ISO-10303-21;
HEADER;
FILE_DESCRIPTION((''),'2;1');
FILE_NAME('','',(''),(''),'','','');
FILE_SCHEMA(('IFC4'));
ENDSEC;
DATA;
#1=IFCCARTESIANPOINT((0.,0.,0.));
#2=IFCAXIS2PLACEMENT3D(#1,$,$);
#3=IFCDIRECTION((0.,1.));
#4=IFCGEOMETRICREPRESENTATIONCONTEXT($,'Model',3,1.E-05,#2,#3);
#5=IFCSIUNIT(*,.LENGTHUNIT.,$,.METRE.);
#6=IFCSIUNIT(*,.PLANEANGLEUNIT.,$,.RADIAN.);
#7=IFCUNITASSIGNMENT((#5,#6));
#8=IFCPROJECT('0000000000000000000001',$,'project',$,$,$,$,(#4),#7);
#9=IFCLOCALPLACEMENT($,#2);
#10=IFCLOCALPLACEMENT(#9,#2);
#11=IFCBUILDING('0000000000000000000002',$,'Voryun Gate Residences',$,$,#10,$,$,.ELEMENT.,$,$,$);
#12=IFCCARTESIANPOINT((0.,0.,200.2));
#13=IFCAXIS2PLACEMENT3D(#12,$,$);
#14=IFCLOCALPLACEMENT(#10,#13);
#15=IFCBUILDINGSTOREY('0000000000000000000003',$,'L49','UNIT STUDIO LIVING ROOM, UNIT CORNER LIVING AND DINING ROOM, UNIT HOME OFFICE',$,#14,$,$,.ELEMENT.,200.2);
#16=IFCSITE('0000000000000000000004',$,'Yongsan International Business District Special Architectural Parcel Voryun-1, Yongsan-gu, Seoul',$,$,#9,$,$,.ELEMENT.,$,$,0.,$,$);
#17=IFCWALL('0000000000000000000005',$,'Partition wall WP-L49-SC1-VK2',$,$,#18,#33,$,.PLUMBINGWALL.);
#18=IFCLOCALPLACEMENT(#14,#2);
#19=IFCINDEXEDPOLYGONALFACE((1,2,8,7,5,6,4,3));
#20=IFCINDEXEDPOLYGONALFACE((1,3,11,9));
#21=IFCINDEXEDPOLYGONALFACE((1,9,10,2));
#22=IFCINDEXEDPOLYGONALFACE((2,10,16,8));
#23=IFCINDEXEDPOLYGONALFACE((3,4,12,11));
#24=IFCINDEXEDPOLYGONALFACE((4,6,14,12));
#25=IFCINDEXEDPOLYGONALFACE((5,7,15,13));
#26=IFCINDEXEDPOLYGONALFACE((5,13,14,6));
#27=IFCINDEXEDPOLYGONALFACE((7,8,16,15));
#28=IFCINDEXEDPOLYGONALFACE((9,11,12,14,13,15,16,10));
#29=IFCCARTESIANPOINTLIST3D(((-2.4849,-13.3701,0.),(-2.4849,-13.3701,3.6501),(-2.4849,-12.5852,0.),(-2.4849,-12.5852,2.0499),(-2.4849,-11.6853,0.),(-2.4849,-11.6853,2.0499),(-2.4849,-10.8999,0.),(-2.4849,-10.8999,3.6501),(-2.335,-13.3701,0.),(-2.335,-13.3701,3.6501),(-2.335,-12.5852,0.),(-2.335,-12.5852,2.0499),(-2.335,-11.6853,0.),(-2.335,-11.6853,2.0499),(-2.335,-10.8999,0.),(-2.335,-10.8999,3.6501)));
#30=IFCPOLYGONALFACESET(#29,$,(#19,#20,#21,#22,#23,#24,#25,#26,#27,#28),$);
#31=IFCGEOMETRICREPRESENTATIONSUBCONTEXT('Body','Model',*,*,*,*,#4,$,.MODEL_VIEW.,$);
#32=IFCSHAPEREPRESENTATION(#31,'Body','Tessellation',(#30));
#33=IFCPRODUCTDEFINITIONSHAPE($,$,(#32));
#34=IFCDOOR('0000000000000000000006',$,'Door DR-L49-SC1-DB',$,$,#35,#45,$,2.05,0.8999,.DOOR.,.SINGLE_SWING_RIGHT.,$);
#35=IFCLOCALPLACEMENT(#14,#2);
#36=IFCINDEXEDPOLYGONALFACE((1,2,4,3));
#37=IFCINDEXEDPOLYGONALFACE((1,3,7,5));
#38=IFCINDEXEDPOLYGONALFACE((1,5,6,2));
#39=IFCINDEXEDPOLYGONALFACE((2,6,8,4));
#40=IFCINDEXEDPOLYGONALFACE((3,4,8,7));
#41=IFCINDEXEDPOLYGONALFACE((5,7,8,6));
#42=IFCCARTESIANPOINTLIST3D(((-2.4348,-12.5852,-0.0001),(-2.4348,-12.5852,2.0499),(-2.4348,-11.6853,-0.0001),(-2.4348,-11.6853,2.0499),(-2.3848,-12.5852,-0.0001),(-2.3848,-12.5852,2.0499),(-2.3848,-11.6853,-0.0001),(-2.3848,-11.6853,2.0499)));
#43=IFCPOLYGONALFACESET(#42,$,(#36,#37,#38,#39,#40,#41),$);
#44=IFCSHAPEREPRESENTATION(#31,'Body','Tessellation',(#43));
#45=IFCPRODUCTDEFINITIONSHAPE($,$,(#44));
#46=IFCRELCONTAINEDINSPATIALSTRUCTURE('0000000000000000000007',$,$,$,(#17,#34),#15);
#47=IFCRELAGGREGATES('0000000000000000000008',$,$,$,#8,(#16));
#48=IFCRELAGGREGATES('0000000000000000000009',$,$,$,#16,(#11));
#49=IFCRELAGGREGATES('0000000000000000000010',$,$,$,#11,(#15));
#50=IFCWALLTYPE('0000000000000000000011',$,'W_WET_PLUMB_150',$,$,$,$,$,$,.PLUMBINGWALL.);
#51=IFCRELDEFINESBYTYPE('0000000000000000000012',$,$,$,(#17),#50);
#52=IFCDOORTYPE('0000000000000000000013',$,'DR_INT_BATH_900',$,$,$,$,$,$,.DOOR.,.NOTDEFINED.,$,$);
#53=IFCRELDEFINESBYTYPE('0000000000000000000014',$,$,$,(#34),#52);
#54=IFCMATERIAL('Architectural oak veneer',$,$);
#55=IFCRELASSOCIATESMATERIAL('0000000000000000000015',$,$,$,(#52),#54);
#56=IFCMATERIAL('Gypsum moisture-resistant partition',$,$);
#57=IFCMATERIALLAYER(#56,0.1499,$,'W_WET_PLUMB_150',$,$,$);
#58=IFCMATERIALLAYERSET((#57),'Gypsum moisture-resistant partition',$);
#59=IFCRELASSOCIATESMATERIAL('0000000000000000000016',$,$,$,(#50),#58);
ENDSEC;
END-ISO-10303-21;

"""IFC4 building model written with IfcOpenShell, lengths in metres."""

from ifc_helpers import new_model, si_unit, direction, frame, frame_2d, origin, place, context, subcontext, project, spatial, rectangle, extrude, material, layer, layer_set, type_object, element, fill, save


model = new_model("IFC4")

# Units and contexts
model_context = context("Model", 3, precision=1e-05, world=origin(), true_north=direction((0.0, 1.0)))
body_context = subcontext(model_context, "Body", "Model", "MODEL_VIEW")
ifc_project = project(units=[si_unit("LENGTHUNIT", "METRE"), si_unit("PLANEANGLEUNIT", "RADIAN")], contexts=[model_context])

# Site, building, storey
site_placement = place(None, origin())
site = spatial("IfcSite", under=ifc_project, at=site_placement, Name="Yongsan International Business District Special Architectural Parcel Voryun-1, Yongsan-gu, Seoul", CompositionType="ELEMENT", RefElevation=0.0)
building_placement = place(site_placement, origin())
building = spatial("IfcBuilding", under=site, at=building_placement, Name="Voryun Gate Residences", CompositionType="ELEMENT")
storey_placement = place(building_placement, frame((0.0, 0.0, 200.2)))
storey = spatial("IfcBuildingStorey", under=building, at=storey_placement, Name="L49", Description="UNIT STUDIO LIVING ROOM, UNIT CORNER LIVING AND DINING ROOM, UNIT HOME OFFICE", CompositionType="ELEMENT", Elevation=200.2)

# Shared definitions
ifc_material_1 = material(Name="Architectural oak veneer")
door_type = type_object("IfcDoorType", Name="DR_INT_BATH_900", OperationType="NOTDEFINED", PredefinedType="DOOR", material=ifc_material_1)

# Shared definitions
ifc_material_2 = material(Name="Gypsum moisture-resistant partition")
ifc_layer_1 = layer(ifc_material_2, 0.1499, Name="W_WET_PLUMB_150")
ifc_layer_set_1 = layer_set([ifc_layer_1], Name="Gypsum moisture-resistant partition")
wall_type_1 = type_object("IfcWallType", Name="W_WET_PLUMB_150", PredefinedType="PLUMBINGWALL", material=ifc_layer_set_1)

# Wall, opening, door
wall_1_placement = place(storey_placement, frame((-2.4099, -13.3701, 0.0), z_axis=(0.0, 0.0, 1.0), x_axis=(0.0, 1.0, 0.0)))
wall_1 = element("IfcWall", 1, at=wall_1_placement, inside=storey, type_object=wall_type_1, Name="Partition wall WP-L49-SC1-VK2", PredefinedType="PLUMBINGWALL", context=body_context, shape_type="SweptSolid", body=[
    extrude(rectangle(XDim=2.4702, YDim=0.1499, at=frame_2d((1.2351, 0.0))), origin(), (0.0, 0.0, 1.0), 3.6501),
])
opening_1_placement = place(wall_1_placement, frame((0.7849, 0.0, 0.0)))
opening_1 = element("IfcOpeningElement", 2, at=opening_1_placement, cuts=wall_1, PredefinedType="OPENING", context=body_context, shape_type="SweptSolid", body=[
    extrude(rectangle(XDim=0.8999, YDim=2.05, at=frame_2d((0.45, 1.0249))), frame((0.0, 0.085, 0.0), z_axis=(0.0, -1.0, 0.0), x_axis=(1.0, 0.0, 0.0)), (0.0, 0.0, 1.0), 0.1699),
])
door_1_placement = place(opening_1_placement, origin())
door_1 = element("IfcDoor", 3, at=door_1_placement, inside=storey, type_object=door_type, Name="Door DR-L49-SC1-DB", OperationType="SINGLE_SWING_RIGHT", OverallHeight=2.05, OverallWidth=0.8999, PredefinedType="DOOR", context=body_context, shape_type="SweptSolid", body=[
    extrude(rectangle(XDim=0.8999, YDim=2.05, at=frame_2d((0.45, 1.0249))), frame((0.0, 0.0249, 0.0), z_axis=(0.0, -1.0, 0.0), x_axis=(1.0, 0.0, 0.0)), (0.0, 0.0, 1.0), 0.05),
])
fill(opening_1, door_1)

save(model, "model.ifc")
